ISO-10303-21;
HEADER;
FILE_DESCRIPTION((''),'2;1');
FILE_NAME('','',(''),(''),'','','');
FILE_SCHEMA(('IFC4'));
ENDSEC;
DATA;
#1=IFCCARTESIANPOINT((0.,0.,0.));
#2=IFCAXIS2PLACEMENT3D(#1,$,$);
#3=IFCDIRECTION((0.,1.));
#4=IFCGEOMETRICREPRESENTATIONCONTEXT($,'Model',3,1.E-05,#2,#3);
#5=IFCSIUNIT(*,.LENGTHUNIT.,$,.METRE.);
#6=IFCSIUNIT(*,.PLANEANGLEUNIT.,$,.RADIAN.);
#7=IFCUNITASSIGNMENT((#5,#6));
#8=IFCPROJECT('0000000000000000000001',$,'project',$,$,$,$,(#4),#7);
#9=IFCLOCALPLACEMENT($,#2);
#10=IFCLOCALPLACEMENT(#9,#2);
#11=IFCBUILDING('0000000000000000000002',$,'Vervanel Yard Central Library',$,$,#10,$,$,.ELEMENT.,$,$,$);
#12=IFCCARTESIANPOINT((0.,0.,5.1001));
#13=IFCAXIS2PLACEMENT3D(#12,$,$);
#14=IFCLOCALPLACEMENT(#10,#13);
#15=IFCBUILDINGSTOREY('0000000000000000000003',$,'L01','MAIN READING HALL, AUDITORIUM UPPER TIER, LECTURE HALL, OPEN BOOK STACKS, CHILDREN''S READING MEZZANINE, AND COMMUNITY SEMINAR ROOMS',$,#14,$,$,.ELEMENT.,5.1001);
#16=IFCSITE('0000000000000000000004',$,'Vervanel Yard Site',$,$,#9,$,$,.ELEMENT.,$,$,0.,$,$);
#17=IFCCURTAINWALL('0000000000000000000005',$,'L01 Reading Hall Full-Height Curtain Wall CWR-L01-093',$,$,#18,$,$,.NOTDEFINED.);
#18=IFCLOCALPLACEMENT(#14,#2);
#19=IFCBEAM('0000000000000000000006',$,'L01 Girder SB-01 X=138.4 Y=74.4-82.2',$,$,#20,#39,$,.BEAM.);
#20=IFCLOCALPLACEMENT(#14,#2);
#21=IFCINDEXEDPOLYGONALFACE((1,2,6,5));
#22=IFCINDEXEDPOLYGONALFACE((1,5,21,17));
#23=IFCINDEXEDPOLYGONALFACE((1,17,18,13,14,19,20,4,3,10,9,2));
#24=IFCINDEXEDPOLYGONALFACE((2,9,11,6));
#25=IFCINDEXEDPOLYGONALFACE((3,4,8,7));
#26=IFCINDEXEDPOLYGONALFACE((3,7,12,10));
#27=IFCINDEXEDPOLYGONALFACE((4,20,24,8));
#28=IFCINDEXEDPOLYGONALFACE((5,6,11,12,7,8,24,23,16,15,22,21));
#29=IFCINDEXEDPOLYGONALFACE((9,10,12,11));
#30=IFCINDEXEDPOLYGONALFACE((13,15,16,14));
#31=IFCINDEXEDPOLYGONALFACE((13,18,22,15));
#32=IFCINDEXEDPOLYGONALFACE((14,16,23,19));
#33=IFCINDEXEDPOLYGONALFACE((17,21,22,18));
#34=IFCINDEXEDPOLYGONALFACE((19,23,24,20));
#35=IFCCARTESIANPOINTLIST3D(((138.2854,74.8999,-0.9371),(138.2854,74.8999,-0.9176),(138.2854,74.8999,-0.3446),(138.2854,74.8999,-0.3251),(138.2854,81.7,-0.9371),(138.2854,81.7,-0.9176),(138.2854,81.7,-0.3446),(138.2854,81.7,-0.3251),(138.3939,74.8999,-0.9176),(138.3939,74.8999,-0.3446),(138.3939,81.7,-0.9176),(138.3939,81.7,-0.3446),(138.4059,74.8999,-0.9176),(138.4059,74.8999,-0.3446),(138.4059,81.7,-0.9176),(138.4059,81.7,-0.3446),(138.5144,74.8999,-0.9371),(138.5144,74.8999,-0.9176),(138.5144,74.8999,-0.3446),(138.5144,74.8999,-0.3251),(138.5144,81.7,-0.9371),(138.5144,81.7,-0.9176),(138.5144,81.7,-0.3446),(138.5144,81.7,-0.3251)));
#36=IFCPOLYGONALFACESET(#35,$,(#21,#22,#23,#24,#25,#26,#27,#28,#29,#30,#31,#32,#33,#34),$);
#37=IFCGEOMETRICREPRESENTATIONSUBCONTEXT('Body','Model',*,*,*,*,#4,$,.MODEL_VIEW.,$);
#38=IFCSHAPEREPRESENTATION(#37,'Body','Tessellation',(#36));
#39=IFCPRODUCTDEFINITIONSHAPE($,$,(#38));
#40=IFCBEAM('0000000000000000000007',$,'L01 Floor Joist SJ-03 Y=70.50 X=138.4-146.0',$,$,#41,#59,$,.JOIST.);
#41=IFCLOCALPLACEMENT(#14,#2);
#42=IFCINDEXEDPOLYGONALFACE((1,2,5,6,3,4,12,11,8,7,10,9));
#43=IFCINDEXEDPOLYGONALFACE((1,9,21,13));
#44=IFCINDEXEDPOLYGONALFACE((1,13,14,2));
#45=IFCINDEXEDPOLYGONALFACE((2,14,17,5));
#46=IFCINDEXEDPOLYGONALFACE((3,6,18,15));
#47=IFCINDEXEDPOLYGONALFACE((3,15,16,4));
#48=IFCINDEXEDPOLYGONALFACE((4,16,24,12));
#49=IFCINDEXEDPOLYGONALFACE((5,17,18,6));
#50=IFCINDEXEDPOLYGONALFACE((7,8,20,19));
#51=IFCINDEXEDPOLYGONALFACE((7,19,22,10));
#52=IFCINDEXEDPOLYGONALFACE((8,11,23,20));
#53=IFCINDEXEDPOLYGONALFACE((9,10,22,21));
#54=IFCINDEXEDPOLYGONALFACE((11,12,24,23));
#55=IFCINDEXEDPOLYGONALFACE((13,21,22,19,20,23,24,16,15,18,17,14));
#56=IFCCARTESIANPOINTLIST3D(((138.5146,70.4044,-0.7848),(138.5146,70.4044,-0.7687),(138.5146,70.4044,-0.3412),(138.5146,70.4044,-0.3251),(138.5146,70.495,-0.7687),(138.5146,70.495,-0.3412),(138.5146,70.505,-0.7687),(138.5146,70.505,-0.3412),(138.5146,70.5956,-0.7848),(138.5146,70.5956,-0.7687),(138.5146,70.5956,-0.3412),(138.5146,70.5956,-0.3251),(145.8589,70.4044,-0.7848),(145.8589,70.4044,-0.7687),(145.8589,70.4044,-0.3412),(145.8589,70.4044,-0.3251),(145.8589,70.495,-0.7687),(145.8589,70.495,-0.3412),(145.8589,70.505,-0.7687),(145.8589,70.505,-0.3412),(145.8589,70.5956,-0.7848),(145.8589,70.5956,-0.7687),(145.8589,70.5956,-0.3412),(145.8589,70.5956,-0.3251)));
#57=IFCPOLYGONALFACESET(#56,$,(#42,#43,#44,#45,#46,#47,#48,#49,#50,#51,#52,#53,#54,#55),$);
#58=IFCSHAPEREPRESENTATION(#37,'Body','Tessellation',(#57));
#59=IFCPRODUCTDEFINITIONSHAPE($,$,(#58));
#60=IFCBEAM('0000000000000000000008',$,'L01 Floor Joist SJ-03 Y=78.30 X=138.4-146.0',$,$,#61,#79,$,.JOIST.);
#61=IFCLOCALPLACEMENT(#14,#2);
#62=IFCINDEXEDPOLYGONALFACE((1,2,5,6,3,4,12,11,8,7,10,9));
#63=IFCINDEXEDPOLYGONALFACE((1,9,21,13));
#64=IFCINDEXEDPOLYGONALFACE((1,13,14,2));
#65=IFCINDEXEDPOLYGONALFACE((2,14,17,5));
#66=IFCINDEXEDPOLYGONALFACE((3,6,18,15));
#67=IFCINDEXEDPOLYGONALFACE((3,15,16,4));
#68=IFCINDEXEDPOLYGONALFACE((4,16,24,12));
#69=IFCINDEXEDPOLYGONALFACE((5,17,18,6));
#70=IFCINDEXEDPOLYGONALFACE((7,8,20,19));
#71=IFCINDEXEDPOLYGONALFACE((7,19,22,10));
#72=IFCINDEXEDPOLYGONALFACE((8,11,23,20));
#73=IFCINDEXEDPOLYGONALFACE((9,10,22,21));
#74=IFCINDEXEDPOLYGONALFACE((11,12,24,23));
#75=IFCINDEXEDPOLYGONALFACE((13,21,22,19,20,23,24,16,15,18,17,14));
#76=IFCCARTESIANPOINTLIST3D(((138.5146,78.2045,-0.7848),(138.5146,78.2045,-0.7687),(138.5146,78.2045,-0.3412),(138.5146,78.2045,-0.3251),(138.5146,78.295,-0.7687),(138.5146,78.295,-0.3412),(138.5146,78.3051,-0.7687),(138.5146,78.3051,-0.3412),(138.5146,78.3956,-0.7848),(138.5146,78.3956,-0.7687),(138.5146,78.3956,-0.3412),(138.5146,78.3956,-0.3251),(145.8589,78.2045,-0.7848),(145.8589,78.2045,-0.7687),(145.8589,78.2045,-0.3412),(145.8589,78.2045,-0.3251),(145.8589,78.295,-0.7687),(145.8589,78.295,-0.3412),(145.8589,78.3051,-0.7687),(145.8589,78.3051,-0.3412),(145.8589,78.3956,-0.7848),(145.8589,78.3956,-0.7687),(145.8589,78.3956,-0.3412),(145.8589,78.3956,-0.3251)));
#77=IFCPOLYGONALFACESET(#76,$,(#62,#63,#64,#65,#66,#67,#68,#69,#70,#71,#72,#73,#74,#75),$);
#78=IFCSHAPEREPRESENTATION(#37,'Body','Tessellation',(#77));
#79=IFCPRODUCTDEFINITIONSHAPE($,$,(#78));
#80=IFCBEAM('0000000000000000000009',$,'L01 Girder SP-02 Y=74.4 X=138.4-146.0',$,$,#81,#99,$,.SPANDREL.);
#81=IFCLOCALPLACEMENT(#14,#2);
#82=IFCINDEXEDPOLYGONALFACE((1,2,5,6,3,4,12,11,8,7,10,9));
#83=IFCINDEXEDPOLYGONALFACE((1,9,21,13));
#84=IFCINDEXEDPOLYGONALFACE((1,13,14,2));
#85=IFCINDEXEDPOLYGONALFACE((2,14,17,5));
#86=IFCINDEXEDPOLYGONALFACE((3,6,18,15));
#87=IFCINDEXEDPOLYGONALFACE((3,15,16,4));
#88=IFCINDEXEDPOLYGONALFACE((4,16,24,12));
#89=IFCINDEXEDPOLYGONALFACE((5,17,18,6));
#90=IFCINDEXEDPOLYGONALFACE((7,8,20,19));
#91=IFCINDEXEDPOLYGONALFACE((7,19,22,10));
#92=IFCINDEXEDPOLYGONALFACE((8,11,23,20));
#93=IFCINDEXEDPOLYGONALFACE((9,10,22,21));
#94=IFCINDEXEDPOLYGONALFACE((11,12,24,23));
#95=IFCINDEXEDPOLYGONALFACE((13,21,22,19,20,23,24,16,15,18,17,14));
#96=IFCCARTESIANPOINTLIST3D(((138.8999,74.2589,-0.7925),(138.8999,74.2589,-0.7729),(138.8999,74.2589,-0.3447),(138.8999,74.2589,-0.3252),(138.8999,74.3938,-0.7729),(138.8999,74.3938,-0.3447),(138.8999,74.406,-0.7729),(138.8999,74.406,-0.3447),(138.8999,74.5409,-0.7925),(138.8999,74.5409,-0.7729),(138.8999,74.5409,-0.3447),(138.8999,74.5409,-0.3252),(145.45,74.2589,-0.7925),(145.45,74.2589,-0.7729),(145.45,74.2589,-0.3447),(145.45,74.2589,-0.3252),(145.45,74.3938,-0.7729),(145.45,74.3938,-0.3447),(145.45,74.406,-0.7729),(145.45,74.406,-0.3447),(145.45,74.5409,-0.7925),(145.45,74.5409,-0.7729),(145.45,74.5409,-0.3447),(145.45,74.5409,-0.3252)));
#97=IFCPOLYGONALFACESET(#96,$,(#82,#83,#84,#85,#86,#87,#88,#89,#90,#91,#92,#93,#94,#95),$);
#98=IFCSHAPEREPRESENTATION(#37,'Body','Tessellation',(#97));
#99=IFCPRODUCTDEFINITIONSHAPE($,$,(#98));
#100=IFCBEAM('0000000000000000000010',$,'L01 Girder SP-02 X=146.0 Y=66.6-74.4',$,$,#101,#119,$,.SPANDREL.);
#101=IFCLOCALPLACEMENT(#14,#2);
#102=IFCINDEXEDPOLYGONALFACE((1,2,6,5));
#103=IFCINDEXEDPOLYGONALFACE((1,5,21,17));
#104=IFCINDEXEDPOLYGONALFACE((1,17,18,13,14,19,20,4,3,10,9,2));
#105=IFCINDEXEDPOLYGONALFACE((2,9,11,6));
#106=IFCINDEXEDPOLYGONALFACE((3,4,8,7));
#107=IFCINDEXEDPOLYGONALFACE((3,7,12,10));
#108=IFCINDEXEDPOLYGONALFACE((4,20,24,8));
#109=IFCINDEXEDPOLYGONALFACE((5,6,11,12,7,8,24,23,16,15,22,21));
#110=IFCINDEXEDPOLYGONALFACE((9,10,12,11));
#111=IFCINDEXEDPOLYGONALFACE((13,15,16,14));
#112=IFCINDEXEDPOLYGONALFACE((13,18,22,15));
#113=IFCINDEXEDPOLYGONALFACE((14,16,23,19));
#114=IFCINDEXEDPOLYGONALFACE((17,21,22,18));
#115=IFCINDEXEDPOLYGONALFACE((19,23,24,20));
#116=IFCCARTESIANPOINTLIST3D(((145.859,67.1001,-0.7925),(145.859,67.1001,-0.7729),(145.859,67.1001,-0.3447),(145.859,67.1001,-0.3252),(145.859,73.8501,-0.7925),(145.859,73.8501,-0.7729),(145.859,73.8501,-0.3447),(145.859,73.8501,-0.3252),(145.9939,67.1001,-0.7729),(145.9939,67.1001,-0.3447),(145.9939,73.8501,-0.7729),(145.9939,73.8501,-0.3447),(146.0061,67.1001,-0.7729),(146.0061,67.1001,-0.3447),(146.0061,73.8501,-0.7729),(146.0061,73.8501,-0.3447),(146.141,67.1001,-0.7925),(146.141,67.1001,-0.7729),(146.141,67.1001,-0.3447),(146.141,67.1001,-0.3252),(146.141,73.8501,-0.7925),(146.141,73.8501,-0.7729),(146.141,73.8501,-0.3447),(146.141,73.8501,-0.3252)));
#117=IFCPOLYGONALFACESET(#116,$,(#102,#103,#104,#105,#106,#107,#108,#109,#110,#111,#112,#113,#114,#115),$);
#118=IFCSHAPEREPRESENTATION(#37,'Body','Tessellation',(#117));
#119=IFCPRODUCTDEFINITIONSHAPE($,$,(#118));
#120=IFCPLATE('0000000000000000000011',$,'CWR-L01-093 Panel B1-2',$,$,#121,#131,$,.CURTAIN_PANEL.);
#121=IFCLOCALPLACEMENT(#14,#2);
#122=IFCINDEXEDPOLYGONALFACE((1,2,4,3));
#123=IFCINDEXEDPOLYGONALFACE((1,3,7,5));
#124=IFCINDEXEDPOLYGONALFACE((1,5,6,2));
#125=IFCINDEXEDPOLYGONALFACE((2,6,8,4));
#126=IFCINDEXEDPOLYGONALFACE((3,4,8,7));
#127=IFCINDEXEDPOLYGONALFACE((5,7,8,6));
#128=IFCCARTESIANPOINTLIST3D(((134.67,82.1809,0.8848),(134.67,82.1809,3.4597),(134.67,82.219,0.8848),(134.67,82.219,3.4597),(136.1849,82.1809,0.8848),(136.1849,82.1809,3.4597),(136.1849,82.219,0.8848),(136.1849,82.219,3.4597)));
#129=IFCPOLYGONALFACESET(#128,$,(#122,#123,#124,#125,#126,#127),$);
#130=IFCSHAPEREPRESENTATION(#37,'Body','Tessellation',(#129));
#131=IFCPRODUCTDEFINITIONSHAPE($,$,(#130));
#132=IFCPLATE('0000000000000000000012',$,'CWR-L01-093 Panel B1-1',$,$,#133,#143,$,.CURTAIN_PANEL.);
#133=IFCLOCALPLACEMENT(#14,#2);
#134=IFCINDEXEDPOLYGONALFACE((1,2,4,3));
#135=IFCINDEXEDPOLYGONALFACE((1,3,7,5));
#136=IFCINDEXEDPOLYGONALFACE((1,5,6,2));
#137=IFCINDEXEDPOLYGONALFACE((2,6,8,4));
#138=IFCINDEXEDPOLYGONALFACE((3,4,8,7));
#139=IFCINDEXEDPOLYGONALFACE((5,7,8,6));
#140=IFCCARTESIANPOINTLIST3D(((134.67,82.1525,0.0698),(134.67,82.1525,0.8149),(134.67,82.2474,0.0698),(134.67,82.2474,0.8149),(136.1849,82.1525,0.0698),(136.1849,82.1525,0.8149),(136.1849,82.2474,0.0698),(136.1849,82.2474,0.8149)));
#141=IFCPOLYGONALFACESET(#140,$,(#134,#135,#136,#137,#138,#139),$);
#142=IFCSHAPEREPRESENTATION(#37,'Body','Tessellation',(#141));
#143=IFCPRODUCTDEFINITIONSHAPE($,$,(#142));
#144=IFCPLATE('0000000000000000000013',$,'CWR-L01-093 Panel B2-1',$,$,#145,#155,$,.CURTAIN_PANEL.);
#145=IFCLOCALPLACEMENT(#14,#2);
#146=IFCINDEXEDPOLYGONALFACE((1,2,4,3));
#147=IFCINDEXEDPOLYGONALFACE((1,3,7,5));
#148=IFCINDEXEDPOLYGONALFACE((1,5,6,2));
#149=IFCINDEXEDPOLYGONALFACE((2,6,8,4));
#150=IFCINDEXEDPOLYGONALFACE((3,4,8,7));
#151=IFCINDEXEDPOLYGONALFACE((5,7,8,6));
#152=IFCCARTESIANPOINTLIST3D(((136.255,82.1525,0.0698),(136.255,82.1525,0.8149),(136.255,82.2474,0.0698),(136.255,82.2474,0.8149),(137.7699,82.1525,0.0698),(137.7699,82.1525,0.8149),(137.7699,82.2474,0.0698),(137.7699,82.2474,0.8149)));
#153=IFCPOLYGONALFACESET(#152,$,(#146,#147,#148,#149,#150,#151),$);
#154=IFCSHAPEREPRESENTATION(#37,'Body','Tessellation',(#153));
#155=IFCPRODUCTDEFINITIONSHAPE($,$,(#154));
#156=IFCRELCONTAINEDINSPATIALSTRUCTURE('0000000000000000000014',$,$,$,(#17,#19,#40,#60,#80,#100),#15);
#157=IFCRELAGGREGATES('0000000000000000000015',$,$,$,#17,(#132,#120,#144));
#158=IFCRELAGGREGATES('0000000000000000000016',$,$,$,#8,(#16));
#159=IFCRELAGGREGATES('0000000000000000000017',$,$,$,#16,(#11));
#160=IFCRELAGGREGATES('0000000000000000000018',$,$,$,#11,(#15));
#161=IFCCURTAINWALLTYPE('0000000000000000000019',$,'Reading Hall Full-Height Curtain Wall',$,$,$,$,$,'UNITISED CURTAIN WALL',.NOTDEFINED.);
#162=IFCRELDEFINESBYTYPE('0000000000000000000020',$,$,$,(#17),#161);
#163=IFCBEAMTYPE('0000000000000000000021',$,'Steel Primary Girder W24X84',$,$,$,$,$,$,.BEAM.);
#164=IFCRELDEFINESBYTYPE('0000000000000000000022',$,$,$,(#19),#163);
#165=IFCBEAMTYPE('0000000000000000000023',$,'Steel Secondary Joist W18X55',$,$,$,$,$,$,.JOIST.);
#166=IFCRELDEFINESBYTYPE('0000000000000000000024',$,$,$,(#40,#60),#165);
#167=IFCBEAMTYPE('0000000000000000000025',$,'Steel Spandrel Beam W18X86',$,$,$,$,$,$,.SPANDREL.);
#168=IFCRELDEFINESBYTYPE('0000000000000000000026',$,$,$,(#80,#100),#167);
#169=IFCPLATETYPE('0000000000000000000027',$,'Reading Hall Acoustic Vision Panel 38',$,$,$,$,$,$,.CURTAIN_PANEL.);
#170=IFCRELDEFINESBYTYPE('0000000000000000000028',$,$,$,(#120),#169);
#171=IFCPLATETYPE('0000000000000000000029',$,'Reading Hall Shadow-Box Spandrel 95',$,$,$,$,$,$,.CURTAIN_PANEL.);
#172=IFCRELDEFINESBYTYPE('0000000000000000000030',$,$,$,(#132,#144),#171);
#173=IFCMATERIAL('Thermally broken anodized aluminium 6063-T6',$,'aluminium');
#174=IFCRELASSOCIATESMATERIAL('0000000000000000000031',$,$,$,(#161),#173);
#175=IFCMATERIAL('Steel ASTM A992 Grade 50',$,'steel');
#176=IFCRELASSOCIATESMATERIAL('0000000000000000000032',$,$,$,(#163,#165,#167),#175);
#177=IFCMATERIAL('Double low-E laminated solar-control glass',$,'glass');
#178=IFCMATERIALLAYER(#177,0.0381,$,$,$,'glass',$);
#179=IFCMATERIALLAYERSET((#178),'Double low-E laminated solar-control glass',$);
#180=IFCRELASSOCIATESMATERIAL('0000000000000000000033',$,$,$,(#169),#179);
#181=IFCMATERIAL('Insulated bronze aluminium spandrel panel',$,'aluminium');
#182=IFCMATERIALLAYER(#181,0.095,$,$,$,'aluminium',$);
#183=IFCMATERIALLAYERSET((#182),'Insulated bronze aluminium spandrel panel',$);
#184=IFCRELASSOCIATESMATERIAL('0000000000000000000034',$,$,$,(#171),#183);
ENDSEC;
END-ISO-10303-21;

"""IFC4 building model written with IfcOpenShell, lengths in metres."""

from ifc_helpers import new_model, si_unit, direction, frame, origin, origin_2d, place, context, subcontext, project, spatial, rectangle, i_section, extrude, material, layer, layer_set, material_profile, profile_set, type_object, element, aggregate, save


model = new_model("IFC4")

# Units and contexts
model_context = context("Model", 3, precision=1e-05, world=origin(), true_north=direction((0.0, 1.0)))
body_context = subcontext(model_context, "Body", "Model", "MODEL_VIEW")
ifc_project = project(units=[si_unit("LENGTHUNIT", "METRE"), si_unit("PLANEANGLEUNIT", "RADIAN")], contexts=[model_context])

# Site, building, storey
site_placement = place(None, origin())
site = spatial("IfcSite", under=ifc_project, at=site_placement, Name="Vervanel Yard Site", CompositionType="ELEMENT", RefElevation=0.0)
building_placement = place(site_placement, origin())
building = spatial("IfcBuilding", under=site, at=building_placement, Name="Vervanel Yard Central Library", CompositionType="ELEMENT")
storey_placement = place(building_placement, frame((0.0, 0.0, 5.1001)))
storey = spatial("IfcBuildingStorey", under=building, at=storey_placement, Name="L01", Description="MAIN READING HALL, AUDITORIUM UPPER TIER, LECTURE HALL, OPEN BOOK STACKS, CHILDREN'S READING MEZZANINE, AND COMMUNITY SEMINAR ROOMS", CompositionType="ELEMENT", Elevation=5.1001)

# Curtain wall
ifc_material_1 = material(Name="Thermally broken anodized aluminium 6063-T6", Category="aluminium")
curtain_wall_type_1 = type_object("IfcCurtainWallType", Name="Reading Hall Full-Height Curtain Wall", ElementType="UNITISED CURTAIN WALL", PredefinedType="NOTDEFINED", material=ifc_material_1)
curtain_wall_1_placement = place(storey_placement, origin())
curtain_wall_1 = element("IfcCurtainWall", 1, at=curtain_wall_1_placement, inside=storey, type_object=curtain_wall_type_1, Name="L01 Reading Hall Full-Height Curtain Wall CWR-L01-093", PredefinedType="NOTDEFINED")

# Beams
ifc_material_2 = material(Name="Steel ASTM A992 Grade 50", Category="steel")
ifc_material_profile_1 = material_profile(ifc_material_2, i_section(OverallWidth=0.229, OverallDepth=0.6121, WebThickness=0.012, FlangeThickness=0.0195, at=origin_2d()), Name="W24X84", Category="steel")
ifc_profile_set_1 = profile_set([ifc_material_profile_1], Name="Steel ASTM A992 Grade 50")
beam_type_1 = type_object("IfcBeamType", Name="Steel Primary Girder W24X84", PredefinedType="BEAM", material=ifc_profile_set_1)
beam_1_placement = place(storey_placement, frame((138.3999, 74.8999, -0.6311), z_axis=(0.0, 1.0, 0.0), x_axis=(-1.0, 0.0, 0.0)))
element("IfcBeam", 2, at=beam_1_placement, inside=storey, type_object=beam_type_1, Name="L01 Girder SB-01 X=138.4 Y=74.4-82.2", PredefinedType="BEAM", context=body_context, shape_type="SweptSolid", body=[
    extrude(i_section(OverallWidth=0.229, OverallDepth=0.6121, WebThickness=0.012, FlangeThickness=0.0195, at=origin_2d()), origin(), (0.0, 0.0, 1.0), 6.8),
])
ifc_material_profile_2 = material_profile(ifc_material_2, i_section(OverallWidth=0.1912, OverallDepth=0.4597, WebThickness=0.01, FlangeThickness=0.0161, at=origin_2d()), Name="W18X55", Category="steel")
ifc_profile_set_2 = profile_set([ifc_material_profile_2], Name="Steel ASTM A992 Grade 50")
beam_type_2 = type_object("IfcBeamType", Name="Steel Secondary Joist W18X55", PredefinedType="JOIST", material=ifc_profile_set_2)
for number, where, z_axis, x_axis, name in (
    (3, (138.5146, 70.5, -0.5549), (1.0, 0.0, 0.0), (0.0, 1.0, 0.0), "L01 Floor Joist SJ-03 Y=70.50 X=138.4-146.0"),
    (4, (138.5146, 78.3, -0.5549), (1.0, 0.0, 0.0), (0.0, 1.0, 0.0), "L01 Floor Joist SJ-03 Y=78.30 X=138.4-146.0"),
):
    element("IfcBeam", number, at=place(storey_placement, frame(where, z_axis=z_axis, x_axis=x_axis)), inside=storey, type_object=beam_type_2, Name=name, PredefinedType="JOIST", context=body_context, shape_type="SweptSolid", body=[
        extrude(i_section(OverallWidth=0.1912, OverallDepth=0.4597, WebThickness=0.01, FlangeThickness=0.0161, at=origin_2d()), origin(), (0.0, 0.0, 1.0), 7.3442),
    ])
ifc_material_profile_3 = material_profile(ifc_material_2, i_section(OverallWidth=0.282, OverallDepth=0.4673, WebThickness=0.0122, FlangeThickness=0.0195, at=origin_2d()), Name="W18X86", Category="steel")
ifc_profile_set_3 = profile_set([ifc_material_profile_3], Name="Steel ASTM A992 Grade 50")
beam_type_3 = type_object("IfcBeamType", Name="Steel Spandrel Beam W18X86", PredefinedType="SPANDREL", material=ifc_profile_set_3)
beam_2_placement = place(storey_placement, frame((138.8999, 74.3999, -0.5588), z_axis=(1.0, 0.0, 0.0), x_axis=(0.0, 1.0, 0.0)))
element("IfcBeam", 5, at=beam_2_placement, inside=storey, type_object=beam_type_3, Name="L01 Girder SP-02 Y=74.4 X=138.4-146.0", PredefinedType="SPANDREL", context=body_context, shape_type="SweptSolid", body=[
    extrude(i_section(OverallWidth=0.282, OverallDepth=0.4673, WebThickness=0.0122, FlangeThickness=0.0195, at=origin_2d()), origin(), (0.0, 0.0, 1.0), 6.55),
])
beam_3_placement = place(storey_placement, frame((146.0, 67.1001, -0.5588), z_axis=(0.0, 1.0, 0.0), x_axis=(-1.0, 0.0, 0.0)))
element("IfcBeam", 6, at=beam_3_placement, inside=storey, type_object=beam_type_3, Name="L01 Girder SP-02 X=146.0 Y=66.6-74.4", PredefinedType="SPANDREL", context=body_context, shape_type="SweptSolid", body=[
    extrude(i_section(OverallWidth=0.282, OverallDepth=0.4673, WebThickness=0.0122, FlangeThickness=0.0195, at=origin_2d()), origin(), (0.0, 0.0, 1.0), 6.75),
])

# Plates
ifc_material_3 = material(Name="Double low-E laminated solar-control glass", Category="glass")
ifc_layer_1 = layer(ifc_material_3, 0.0381, Category="glass")
ifc_layer_set_1 = layer_set([ifc_layer_1], Name="Double low-E laminated solar-control glass")
plate_type_1 = type_object("IfcPlateType", Name="Reading Hall Acoustic Vision Panel 38", PredefinedType="CURTAIN_PANEL", material=ifc_layer_set_1)
plate_1_placement = place(storey_placement, frame((135.4275, 82.2, 0.8848), z_axis=(0.0, 0.0, 1.0), x_axis=(1.0, 0.0, 0.0)))
plate_1 = element("IfcPlate", 7, at=plate_1_placement, type_object=plate_type_1, Name="CWR-L01-093 Panel B1-2", PredefinedType="CURTAIN_PANEL", context=body_context, shape_type="SweptSolid", body=[
    extrude(rectangle(XDim=1.5149, YDim=0.0381, at=origin_2d()), origin(), (0.0, 0.0, 1.0), 2.575),
])
ifc_material_4 = material(Name="Insulated bronze aluminium spandrel panel", Category="aluminium")
ifc_layer_2 = layer(ifc_material_4, 0.095, Category="aluminium")
ifc_layer_set_2 = layer_set([ifc_layer_2], Name="Insulated bronze aluminium spandrel panel")
plate_type_2 = type_object("IfcPlateType", Name="Reading Hall Shadow-Box Spandrel 95", PredefinedType="CURTAIN_PANEL", material=ifc_layer_set_2)
plate_2_placement = place(storey_placement, frame((135.4275, 82.2, 0.0698), z_axis=(0.0, 0.0, 1.0), x_axis=(1.0, 0.0, 0.0)))
plate_2 = element("IfcPlate", 8, at=plate_2_placement, type_object=plate_type_2, Name="CWR-L01-093 Panel B1-1", PredefinedType="CURTAIN_PANEL", context=body_context, shape_type="SweptSolid", body=[
    extrude(rectangle(XDim=1.5149, YDim=0.095, at=origin_2d()), origin(), (0.0, 0.0, 1.0), 0.7451),
])
plate_3_placement = place(storey_placement, frame((137.0125, 82.2, 0.0698), z_axis=(0.0, 0.0, 1.0), x_axis=(1.0, 0.0, 0.0)))
plate_3 = element("IfcPlate", 9, at=plate_3_placement, type_object=plate_type_2, Name="CWR-L01-093 Panel B2-1", PredefinedType="CURTAIN_PANEL", context=body_context, shape_type="SweptSolid", body=[
    extrude(rectangle(XDim=1.5149, YDim=0.095, at=origin_2d()), origin(), (0.0, 0.0, 1.0), 0.7451),
])
aggregate(curtain_wall_1, [plate_2, plate_1, plate_3])

save(model, "model.ifc")
